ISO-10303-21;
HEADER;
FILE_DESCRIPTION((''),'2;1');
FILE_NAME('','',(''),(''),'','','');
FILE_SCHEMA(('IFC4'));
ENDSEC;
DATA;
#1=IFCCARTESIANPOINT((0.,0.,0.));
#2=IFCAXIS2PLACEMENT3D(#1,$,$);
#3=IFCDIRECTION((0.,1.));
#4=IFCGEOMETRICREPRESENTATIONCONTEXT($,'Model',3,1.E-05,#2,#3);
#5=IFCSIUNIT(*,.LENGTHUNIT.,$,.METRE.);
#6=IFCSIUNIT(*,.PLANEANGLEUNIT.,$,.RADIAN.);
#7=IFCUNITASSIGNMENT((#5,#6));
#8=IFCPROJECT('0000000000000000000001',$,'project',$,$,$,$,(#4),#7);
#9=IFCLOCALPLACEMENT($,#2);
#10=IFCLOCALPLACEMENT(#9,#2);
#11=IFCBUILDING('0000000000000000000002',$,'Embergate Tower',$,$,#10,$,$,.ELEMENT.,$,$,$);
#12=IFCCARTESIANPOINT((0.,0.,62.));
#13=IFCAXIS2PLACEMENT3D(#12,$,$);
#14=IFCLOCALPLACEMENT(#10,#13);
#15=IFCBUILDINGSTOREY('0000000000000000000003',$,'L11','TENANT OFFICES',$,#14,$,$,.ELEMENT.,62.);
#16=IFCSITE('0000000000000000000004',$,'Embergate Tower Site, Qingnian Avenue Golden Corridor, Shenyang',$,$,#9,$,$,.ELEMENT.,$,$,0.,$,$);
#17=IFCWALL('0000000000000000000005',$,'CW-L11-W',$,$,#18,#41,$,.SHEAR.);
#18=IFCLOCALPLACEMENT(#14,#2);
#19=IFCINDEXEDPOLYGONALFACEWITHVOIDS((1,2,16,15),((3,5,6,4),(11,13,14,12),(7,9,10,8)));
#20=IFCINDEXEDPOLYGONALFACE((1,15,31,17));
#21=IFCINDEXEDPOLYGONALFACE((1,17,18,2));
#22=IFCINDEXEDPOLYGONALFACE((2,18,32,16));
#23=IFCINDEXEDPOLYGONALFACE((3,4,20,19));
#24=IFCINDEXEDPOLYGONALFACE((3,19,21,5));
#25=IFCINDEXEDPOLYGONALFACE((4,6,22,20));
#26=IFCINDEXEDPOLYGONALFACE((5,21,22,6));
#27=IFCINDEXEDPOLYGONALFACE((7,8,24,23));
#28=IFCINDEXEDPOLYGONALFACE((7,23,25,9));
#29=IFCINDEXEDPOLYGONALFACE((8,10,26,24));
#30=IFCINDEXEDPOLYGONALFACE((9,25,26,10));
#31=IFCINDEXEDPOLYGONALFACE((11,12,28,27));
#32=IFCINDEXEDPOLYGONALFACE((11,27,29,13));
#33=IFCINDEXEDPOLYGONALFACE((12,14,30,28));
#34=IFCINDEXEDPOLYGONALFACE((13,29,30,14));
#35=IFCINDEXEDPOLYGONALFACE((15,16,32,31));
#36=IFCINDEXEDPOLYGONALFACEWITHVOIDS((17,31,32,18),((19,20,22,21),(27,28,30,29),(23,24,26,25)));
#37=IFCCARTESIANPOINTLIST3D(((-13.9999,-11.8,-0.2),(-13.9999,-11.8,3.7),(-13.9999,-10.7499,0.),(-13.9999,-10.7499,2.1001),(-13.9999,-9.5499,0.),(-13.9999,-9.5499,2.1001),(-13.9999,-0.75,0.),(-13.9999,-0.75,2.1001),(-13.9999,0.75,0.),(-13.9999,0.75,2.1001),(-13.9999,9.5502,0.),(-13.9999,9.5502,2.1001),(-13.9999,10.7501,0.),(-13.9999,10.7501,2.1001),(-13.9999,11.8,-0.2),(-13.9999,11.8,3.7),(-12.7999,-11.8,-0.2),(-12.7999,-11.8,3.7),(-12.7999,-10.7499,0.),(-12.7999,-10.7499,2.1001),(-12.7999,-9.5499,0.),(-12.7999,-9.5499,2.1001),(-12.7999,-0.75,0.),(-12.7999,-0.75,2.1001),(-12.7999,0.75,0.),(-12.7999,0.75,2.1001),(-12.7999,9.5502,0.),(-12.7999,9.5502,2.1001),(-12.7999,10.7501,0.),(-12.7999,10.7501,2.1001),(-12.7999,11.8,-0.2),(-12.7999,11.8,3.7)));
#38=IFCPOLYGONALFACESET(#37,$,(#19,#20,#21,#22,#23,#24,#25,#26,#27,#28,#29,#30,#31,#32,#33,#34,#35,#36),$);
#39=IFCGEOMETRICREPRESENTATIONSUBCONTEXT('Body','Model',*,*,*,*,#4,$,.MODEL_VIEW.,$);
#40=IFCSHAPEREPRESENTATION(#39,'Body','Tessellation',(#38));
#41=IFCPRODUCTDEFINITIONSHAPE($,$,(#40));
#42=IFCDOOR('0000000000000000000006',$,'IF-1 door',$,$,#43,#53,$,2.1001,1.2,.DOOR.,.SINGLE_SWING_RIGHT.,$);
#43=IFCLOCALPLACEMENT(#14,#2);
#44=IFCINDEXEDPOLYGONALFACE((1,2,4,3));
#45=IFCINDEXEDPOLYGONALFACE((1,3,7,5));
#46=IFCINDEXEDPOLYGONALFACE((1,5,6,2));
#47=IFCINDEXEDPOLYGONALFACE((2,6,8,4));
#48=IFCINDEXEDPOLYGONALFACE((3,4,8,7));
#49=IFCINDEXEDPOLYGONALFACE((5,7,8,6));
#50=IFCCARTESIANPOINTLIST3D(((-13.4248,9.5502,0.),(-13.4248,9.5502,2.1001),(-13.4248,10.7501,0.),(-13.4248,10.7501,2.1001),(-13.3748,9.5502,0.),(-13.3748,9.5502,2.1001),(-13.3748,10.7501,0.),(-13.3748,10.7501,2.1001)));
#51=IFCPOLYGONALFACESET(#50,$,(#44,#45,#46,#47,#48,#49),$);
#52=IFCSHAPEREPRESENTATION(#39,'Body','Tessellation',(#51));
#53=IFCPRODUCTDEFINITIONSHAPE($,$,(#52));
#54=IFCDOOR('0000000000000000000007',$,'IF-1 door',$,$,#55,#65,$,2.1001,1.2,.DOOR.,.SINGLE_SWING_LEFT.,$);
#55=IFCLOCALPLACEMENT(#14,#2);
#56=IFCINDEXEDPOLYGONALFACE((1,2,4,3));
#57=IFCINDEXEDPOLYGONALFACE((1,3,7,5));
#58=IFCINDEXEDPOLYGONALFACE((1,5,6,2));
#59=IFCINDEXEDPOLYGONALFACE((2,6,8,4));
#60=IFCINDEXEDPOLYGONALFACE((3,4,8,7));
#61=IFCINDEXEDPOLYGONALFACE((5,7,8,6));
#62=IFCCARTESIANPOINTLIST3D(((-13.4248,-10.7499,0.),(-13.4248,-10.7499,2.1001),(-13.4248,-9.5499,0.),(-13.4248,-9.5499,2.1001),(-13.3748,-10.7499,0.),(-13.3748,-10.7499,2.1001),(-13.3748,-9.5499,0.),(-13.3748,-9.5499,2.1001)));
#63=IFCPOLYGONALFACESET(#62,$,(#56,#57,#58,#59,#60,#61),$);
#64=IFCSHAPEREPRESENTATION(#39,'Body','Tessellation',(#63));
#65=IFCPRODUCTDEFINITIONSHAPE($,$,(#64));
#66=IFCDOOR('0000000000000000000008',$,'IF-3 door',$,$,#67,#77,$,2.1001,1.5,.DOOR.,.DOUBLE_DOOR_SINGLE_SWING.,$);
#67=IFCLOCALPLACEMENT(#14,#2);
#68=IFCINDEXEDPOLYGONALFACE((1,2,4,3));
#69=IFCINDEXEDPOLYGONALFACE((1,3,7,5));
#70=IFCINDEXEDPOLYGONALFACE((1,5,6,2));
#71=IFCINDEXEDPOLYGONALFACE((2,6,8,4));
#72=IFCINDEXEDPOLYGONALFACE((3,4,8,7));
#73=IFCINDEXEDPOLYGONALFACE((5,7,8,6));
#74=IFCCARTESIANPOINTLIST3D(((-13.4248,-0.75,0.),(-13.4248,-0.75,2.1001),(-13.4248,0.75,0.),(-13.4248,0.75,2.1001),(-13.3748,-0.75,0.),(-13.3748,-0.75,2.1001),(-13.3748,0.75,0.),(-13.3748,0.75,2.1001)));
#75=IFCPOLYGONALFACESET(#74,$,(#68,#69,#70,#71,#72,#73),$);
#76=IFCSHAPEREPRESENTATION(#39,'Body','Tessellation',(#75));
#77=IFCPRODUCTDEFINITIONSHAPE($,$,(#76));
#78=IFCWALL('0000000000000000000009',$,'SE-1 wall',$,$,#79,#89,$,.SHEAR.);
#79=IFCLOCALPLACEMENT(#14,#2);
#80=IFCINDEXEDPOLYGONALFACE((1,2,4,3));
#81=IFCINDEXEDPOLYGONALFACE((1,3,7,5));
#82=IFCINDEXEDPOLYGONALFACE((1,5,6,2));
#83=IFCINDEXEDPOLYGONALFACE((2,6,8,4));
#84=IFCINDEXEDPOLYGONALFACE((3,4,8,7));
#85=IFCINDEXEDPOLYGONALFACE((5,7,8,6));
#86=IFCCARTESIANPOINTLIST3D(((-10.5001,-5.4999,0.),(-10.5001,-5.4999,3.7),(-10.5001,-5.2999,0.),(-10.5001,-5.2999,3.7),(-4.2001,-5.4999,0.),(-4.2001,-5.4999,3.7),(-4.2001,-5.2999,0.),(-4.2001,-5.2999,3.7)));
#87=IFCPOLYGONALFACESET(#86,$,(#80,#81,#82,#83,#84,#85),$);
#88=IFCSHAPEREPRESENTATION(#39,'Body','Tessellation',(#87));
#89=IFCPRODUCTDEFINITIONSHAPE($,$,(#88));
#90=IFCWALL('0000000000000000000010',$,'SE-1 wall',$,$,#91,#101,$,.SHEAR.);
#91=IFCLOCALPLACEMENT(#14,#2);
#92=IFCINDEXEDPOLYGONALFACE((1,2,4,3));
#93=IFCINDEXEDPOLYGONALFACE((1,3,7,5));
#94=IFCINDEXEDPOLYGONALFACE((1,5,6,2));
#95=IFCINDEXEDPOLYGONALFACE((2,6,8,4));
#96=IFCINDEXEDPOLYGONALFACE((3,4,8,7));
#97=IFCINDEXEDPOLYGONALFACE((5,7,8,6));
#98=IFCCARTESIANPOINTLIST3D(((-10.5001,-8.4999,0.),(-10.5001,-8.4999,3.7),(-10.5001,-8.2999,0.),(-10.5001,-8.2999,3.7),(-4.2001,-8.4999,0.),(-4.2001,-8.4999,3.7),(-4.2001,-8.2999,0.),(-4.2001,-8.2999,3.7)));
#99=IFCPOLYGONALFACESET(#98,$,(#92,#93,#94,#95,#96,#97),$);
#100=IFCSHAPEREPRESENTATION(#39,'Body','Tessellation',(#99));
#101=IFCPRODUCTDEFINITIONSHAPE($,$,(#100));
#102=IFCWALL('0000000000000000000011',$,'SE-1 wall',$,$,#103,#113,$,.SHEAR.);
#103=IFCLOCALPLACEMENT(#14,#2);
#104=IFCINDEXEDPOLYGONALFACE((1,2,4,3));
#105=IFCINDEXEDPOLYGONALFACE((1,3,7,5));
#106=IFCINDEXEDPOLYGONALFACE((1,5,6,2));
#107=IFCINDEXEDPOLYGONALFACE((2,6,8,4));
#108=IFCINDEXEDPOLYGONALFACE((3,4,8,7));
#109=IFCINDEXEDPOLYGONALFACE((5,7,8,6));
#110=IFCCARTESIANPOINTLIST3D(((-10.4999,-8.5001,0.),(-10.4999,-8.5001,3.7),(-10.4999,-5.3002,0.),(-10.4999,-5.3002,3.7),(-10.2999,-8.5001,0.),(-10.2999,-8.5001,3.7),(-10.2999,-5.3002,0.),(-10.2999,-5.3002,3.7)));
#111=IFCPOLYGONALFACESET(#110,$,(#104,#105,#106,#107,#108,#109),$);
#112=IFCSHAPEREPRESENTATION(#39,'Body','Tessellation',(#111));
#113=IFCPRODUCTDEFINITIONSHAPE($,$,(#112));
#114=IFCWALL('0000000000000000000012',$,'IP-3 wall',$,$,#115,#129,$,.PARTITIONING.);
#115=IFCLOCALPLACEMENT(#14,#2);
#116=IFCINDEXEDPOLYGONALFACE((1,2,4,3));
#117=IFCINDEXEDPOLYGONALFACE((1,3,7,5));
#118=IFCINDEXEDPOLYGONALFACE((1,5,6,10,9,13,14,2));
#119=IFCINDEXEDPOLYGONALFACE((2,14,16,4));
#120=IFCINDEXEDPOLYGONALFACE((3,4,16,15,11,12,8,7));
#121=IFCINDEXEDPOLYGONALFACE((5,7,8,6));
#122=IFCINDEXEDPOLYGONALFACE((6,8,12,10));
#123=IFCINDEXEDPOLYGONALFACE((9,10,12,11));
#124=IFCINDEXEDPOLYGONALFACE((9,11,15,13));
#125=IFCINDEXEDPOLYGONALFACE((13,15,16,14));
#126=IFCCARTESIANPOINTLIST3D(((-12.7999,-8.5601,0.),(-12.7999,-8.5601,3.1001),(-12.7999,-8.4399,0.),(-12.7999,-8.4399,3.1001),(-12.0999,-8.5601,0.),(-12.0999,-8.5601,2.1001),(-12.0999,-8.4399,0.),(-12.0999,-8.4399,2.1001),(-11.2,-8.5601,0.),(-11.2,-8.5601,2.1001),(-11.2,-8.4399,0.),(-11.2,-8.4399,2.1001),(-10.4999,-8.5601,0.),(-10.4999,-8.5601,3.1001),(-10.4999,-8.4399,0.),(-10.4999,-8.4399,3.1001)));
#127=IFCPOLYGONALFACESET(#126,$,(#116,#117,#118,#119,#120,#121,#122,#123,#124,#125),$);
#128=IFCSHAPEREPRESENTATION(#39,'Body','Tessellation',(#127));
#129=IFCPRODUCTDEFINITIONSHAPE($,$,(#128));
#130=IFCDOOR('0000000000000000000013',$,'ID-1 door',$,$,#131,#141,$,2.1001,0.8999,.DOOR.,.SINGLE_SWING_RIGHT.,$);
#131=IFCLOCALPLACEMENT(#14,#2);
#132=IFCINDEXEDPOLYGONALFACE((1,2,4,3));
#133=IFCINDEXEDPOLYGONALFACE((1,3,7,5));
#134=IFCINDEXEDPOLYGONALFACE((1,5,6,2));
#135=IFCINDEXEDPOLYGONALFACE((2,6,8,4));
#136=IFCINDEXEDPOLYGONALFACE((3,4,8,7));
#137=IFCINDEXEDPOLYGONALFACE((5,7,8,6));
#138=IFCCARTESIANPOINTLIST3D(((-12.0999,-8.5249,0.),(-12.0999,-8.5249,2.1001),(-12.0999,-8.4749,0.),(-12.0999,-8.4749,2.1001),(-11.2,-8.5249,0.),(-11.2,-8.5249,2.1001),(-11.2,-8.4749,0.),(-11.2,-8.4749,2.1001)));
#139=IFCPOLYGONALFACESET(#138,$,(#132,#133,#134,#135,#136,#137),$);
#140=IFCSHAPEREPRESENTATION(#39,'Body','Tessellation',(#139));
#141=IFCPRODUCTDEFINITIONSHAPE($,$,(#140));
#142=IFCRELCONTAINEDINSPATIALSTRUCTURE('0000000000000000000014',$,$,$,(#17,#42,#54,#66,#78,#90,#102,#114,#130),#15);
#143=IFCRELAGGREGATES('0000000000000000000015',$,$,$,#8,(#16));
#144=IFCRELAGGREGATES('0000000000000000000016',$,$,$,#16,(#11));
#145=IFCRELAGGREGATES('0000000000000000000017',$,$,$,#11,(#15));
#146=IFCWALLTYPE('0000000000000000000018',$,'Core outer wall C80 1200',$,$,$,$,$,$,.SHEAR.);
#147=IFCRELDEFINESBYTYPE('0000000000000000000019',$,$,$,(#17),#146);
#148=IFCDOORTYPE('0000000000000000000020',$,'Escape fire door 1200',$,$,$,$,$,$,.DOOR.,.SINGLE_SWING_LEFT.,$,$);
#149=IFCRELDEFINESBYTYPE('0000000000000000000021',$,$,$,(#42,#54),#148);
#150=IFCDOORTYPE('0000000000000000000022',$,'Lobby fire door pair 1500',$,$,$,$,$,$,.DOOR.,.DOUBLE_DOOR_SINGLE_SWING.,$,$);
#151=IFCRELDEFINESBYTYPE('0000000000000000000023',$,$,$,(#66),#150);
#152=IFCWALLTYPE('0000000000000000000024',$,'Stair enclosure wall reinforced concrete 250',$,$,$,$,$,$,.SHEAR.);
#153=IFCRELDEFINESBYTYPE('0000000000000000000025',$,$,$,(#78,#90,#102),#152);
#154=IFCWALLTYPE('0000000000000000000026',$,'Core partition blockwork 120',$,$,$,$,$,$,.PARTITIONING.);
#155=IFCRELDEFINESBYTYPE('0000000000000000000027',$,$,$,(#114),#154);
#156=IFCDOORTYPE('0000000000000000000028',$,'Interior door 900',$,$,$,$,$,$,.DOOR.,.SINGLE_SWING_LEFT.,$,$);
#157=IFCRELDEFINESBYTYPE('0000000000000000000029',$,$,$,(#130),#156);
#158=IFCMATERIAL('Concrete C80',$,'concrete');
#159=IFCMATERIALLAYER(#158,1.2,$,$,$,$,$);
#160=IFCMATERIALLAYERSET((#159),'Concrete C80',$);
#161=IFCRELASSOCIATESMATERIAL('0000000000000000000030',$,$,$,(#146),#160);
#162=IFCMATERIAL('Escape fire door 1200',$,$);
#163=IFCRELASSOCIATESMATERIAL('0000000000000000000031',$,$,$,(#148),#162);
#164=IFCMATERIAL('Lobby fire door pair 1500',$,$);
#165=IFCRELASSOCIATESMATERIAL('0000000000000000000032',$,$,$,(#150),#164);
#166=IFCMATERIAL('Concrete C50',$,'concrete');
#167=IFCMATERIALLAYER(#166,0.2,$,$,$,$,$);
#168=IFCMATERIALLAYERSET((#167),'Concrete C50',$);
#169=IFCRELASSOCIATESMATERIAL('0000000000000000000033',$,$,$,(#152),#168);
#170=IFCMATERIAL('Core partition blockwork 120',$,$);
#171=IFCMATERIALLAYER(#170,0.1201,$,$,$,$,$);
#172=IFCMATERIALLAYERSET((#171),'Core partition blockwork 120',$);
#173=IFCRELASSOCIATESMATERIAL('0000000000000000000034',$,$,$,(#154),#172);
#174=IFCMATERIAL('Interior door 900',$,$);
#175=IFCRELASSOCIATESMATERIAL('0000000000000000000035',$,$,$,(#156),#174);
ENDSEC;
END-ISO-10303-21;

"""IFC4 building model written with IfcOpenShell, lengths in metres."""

from ifc_helpers import new_model, si_unit, direction, frame, frame_2d, origin, place, context, subcontext, project, spatial, rectangle, extrude, source, transform, mapped, material, layer, layer_set, type_object, element, fill, save


model = new_model("IFC4")

# Units and contexts
model_context = context("Model", 3, precision=1e-05, world=origin(), true_north=direction((0.0, 1.0)))
body_context = subcontext(model_context, "Body", "Model", "MODEL_VIEW")
ifc_project = project(units=[si_unit("LENGTHUNIT", "METRE"), si_unit("PLANEANGLEUNIT", "RADIAN")], contexts=[model_context])

# Site, building, storey
site_placement = place(None, origin())
site = spatial("IfcSite", under=ifc_project, at=site_placement, Name="Embergate Tower Site, Qingnian Avenue Golden Corridor, Shenyang", CompositionType="ELEMENT", RefElevation=0.0)
building_placement = place(site_placement, origin())
building = spatial("IfcBuilding", under=site, at=building_placement, Name="Embergate Tower", CompositionType="ELEMENT")
storey_placement = place(building_placement, frame((0.0, 0.0, 62.0)))
storey = spatial("IfcBuildingStorey", under=building, at=storey_placement, Name="L11", Description="TENANT OFFICES", CompositionType="ELEMENT", Elevation=62.0)

# Shared definitions
ifc_material_1 = material(Name="Concrete C80", Category="concrete")
ifc_layer_1 = layer(ifc_material_1, 1.2)
ifc_layer_set_1 = layer_set([ifc_layer_1], Name="Concrete C80")
wall_type_1 = type_object("IfcWallType", Name="Core outer wall C80 1200", PredefinedType="SHEAR", material=ifc_layer_set_1)

# Wall, openings, doors
shared_shape_1 = source(origin(), body_context, "Body", "SweptSolid", [
    extrude(rectangle(XDim=23.6001, YDim=1.2, at=frame_2d((11.8, 0.0))), origin(), (0.0, 0.0, 1.0), 3.8999),
])
wall_1_placement = place(storey_placement, frame((-13.3999, -11.8, -0.2), z_axis=(0.0, 0.0, 1.0), x_axis=(0.0, 1.0, 0.0)))
wall_1 = element("IfcWall", 1, at=wall_1_placement, inside=storey, type_object=wall_type_1, Name="CW-L11-W", PredefinedType="SHEAR", context=body_context, shape_type="MappedRepresentation", body=[
    mapped(shared_shape_1, transform((0.0, 0.0, 0.0))),
])
shared_shape_2 = source(origin(), body_context, "Body", "SweptSolid", [
    extrude(rectangle(XDim=1.2, YDim=2.1001, at=frame_2d((0.6001, 1.05))), frame((0.0, 0.6099, 0.0), z_axis=(0.0, -1.0, 0.0), x_axis=(1.0, 0.0, 0.0)), (0.0, 0.0, 1.0), 1.22),
])
opening_1_placement = place(wall_1_placement, frame((21.3501, 0.0, 0.2)))
opening_1 = element("IfcOpeningElement", 2, at=opening_1_placement, cuts=wall_1, PredefinedType="OPENING", context=body_context, shape_type="MappedRepresentation", body=[
    mapped(shared_shape_2, transform((0.0, 0.0, 0.0))),
])
opening_2_placement = place(wall_1_placement, frame((1.05, 0.0, 0.2)))
opening_2 = element("IfcOpeningElement", 3, at=opening_2_placement, cuts=wall_1, PredefinedType="OPENING", context=body_context, shape_type="MappedRepresentation", body=[
    mapped(shared_shape_2, transform((0.0, 0.0, 0.0))),
])
shared_shape_3 = source(origin(), body_context, "Body", "SweptSolid", [
    extrude(rectangle(XDim=1.5, YDim=2.1001, at=frame_2d((0.75, 1.05))), frame((0.0, 0.6099, 0.0), z_axis=(0.0, -1.0, 0.0), x_axis=(1.0, 0.0, 0.0)), (0.0, 0.0, 1.0), 1.22),
])
opening_3_placement = place(wall_1_placement, frame((11.05, 0.0, 0.2)))
opening_3 = element("IfcOpeningElement", 4, at=opening_3_placement, cuts=wall_1, PredefinedType="OPENING", context=body_context, shape_type="MappedRepresentation", body=[
    mapped(shared_shape_3, transform((0.0, 0.0, 0.0))),
])
ifc_material_2 = material(Name="Escape fire door 1200")
door_type_1 = type_object("IfcDoorType", Name="Escape fire door 1200", OperationType="SINGLE_SWING_LEFT", PredefinedType="DOOR", material=ifc_material_2)
shared_shape_4 = source(origin(), body_context, "Body", "SweptSolid", [
    extrude(rectangle(XDim=1.2, YDim=2.1001, at=frame_2d((0.6001, 1.05))), frame((0.0, 0.0249, 0.0), z_axis=(0.0, -1.0, 0.0), x_axis=(1.0, 0.0, 0.0)), (0.0, 0.0, 1.0), 0.05),
])
door_1_placement = place(opening_1_placement, origin())
door_1 = element("IfcDoor", 5, at=door_1_placement, inside=storey, type_object=door_type_1, Name="IF-1 door", OperationType="SINGLE_SWING_RIGHT", OverallHeight=2.1001, OverallWidth=1.2, PredefinedType="DOOR", context=body_context, shape_type="MappedRepresentation", body=[
    mapped(shared_shape_4, transform((0.0, 0.0, 0.0))),
])
fill(opening_1, door_1)
door_2_placement = place(opening_2_placement, origin())
door_2 = element("IfcDoor", 6, at=door_2_placement, inside=storey, type_object=door_type_1, Name="IF-1 door", OperationType="SINGLE_SWING_LEFT", OverallHeight=2.1001, OverallWidth=1.2, PredefinedType="DOOR", context=body_context, shape_type="MappedRepresentation", body=[
    mapped(shared_shape_4, transform((0.0, 0.0, 0.0))),
])
fill(opening_2, door_2)
ifc_material_3 = material(Name="Lobby fire door pair 1500")
door_type_2 = type_object("IfcDoorType", Name="Lobby fire door pair 1500", OperationType="DOUBLE_DOOR_SINGLE_SWING", PredefinedType="DOOR", material=ifc_material_3)
shared_shape_5 = source(origin(), body_context, "Body", "SweptSolid", [
    extrude(rectangle(XDim=1.5, YDim=2.1001, at=frame_2d((0.75, 1.05))), frame((0.0, 0.0249, 0.0), z_axis=(0.0, -1.0, 0.0), x_axis=(1.0, 0.0, 0.0)), (0.0, 0.0, 1.0), 0.05),
])
door_3_placement = place(opening_3_placement, origin())
door_3 = element("IfcDoor", 7, at=door_3_placement, inside=storey, type_object=door_type_2, Name="IF-3 door", OperationType="DOUBLE_DOOR_SINGLE_SWING", OverallHeight=2.1001, OverallWidth=1.5, PredefinedType="DOOR", context=body_context, shape_type="MappedRepresentation", body=[
    mapped(shared_shape_5, transform((0.0, 0.0, 0.0))),
])
fill(opening_3, door_3)

# Walls
ifc_material_4 = material(Name="Concrete C50", Category="concrete")
ifc_layer_2 = layer(ifc_material_4, 0.2)
ifc_layer_set_2 = layer_set([ifc_layer_2], Name="Concrete C50")
wall_type_2 = type_object("IfcWallType", Name="Stair enclosure wall reinforced concrete 250", PredefinedType="SHEAR", material=ifc_layer_set_2)
shared_shape_6 = source(origin(), body_context, "Body", "SweptSolid", [
    extrude(rectangle(XDim=6.3, YDim=0.2, at=frame_2d((3.1499, 0.0))), origin(), (0.0, 0.0, 1.0), 3.7),
])
for number, where, z_axis, x_axis, name in (
    (8, (-10.5, -5.3999, 0.0), (0.0, 0.0, 1.0), (1.0, 0.0, 0.0), "SE-1 wall"),
    (9, (-10.5, -8.3999, 0.0), (0.0, 0.0, 1.0), (1.0, 0.0, 0.0), "SE-1 wall"),
):
    element("IfcWall", number, at=place(storey_placement, frame(where, z_axis=z_axis, x_axis=x_axis)), inside=storey, type_object=wall_type_2, Name=name, PredefinedType="SHEAR", context=body_context, shape_type="MappedRepresentation", body=[
        mapped(shared_shape_6, transform((0.0, 0.0, 0.0))),
    ])
shared_shape_7 = source(origin(), body_context, "Body", "SweptSolid", [
    extrude(rectangle(XDim=3.2, YDim=0.2, at=frame_2d((1.6001, 0.0))), origin(), (0.0, 0.0, 1.0), 3.7),
])
wall_2_placement = place(storey_placement, frame((-10.3999, -5.3, 0.0), z_axis=(0.0, 0.0, 1.0), x_axis=(0.0, -1.0, 0.0)))
element("IfcWall", 10, at=wall_2_placement, inside=storey, type_object=wall_type_2, Name="SE-1 wall", PredefinedType="SHEAR", context=body_context, shape_type="MappedRepresentation", body=[
    mapped(shared_shape_7, transform((0.0, 0.0, 0.0))),
])

# Wall, opening, door
ifc_material_5 = material(Name="Core partition blockwork 120")
ifc_layer_3 = layer(ifc_material_5, 0.1201)
ifc_layer_set_3 = layer_set([ifc_layer_3], Name="Core partition blockwork 120")
wall_type_3 = type_object("IfcWallType", Name="Core partition blockwork 120", PredefinedType="PARTITIONING", material=ifc_layer_set_3)
shared_shape_8 = source(origin(), body_context, "Body", "SweptSolid", [
    extrude(rectangle(XDim=2.3, YDim=0.1201, at=frame_2d((1.1499, 0.0))), origin(), (0.0, 0.0, 1.0), 3.1001),
])
wall_3_placement = place(storey_placement, frame((-10.5, -8.5, 0.0), z_axis=(0.0, 0.0, 1.0), x_axis=(-1.0, 0.0, 0.0)))
wall_3 = element("IfcWall", 11, at=wall_3_placement, inside=storey, type_object=wall_type_3, Name="IP-3 wall", PredefinedType="PARTITIONING", context=body_context, shape_type="MappedRepresentation", body=[
    mapped(shared_shape_8, transform((0.0, 0.0, 0.0))),
])
shared_shape_9 = source(origin(), body_context, "Body", "SweptSolid", [
    extrude(rectangle(XDim=0.8999, YDim=2.1001, at=frame_2d((0.45, 1.05))), frame((0.0, 0.0701, 0.0), z_axis=(0.0, -1.0, 0.0), x_axis=(1.0, 0.0, 0.0)), (0.0, 0.0, 1.0), 0.1401),
])
opening_4_placement = place(wall_3_placement, frame((0.7, 0.0, 0.0)))
opening_4 = element("IfcOpeningElement", 12, at=opening_4_placement, cuts=wall_3, PredefinedType="OPENING", context=body_context, shape_type="MappedRepresentation", body=[
    mapped(shared_shape_9, transform((0.0, 0.0, 0.0))),
])
ifc_material_6 = material(Name="Interior door 900")
door_type_3 = type_object("IfcDoorType", Name="Interior door 900", OperationType="SINGLE_SWING_LEFT", PredefinedType="DOOR", material=ifc_material_6)
shared_shape_10 = source(origin(), body_context, "Body", "SweptSolid", [
    extrude(rectangle(XDim=0.8999, YDim=2.1001, at=frame_2d((0.45, 1.05))), frame((0.0, 0.0249, 0.0), z_axis=(0.0, -1.0, 0.0), x_axis=(1.0, 0.0, 0.0)), (0.0, 0.0, 1.0), 0.05),
])
door_4_placement = place(opening_4_placement, origin())
door_4 = element("IfcDoor", 13, at=door_4_placement, inside=storey, type_object=door_type_3, Name="ID-1 door", OperationType="SINGLE_SWING_RIGHT", OverallHeight=2.1001, OverallWidth=0.8999, PredefinedType="DOOR", context=body_context, shape_type="MappedRepresentation", body=[
    mapped(shared_shape_10, transform((0.0, 0.0, 0.0))),
])
fill(opening_4, door_4)

save(model, "model.ifc")
